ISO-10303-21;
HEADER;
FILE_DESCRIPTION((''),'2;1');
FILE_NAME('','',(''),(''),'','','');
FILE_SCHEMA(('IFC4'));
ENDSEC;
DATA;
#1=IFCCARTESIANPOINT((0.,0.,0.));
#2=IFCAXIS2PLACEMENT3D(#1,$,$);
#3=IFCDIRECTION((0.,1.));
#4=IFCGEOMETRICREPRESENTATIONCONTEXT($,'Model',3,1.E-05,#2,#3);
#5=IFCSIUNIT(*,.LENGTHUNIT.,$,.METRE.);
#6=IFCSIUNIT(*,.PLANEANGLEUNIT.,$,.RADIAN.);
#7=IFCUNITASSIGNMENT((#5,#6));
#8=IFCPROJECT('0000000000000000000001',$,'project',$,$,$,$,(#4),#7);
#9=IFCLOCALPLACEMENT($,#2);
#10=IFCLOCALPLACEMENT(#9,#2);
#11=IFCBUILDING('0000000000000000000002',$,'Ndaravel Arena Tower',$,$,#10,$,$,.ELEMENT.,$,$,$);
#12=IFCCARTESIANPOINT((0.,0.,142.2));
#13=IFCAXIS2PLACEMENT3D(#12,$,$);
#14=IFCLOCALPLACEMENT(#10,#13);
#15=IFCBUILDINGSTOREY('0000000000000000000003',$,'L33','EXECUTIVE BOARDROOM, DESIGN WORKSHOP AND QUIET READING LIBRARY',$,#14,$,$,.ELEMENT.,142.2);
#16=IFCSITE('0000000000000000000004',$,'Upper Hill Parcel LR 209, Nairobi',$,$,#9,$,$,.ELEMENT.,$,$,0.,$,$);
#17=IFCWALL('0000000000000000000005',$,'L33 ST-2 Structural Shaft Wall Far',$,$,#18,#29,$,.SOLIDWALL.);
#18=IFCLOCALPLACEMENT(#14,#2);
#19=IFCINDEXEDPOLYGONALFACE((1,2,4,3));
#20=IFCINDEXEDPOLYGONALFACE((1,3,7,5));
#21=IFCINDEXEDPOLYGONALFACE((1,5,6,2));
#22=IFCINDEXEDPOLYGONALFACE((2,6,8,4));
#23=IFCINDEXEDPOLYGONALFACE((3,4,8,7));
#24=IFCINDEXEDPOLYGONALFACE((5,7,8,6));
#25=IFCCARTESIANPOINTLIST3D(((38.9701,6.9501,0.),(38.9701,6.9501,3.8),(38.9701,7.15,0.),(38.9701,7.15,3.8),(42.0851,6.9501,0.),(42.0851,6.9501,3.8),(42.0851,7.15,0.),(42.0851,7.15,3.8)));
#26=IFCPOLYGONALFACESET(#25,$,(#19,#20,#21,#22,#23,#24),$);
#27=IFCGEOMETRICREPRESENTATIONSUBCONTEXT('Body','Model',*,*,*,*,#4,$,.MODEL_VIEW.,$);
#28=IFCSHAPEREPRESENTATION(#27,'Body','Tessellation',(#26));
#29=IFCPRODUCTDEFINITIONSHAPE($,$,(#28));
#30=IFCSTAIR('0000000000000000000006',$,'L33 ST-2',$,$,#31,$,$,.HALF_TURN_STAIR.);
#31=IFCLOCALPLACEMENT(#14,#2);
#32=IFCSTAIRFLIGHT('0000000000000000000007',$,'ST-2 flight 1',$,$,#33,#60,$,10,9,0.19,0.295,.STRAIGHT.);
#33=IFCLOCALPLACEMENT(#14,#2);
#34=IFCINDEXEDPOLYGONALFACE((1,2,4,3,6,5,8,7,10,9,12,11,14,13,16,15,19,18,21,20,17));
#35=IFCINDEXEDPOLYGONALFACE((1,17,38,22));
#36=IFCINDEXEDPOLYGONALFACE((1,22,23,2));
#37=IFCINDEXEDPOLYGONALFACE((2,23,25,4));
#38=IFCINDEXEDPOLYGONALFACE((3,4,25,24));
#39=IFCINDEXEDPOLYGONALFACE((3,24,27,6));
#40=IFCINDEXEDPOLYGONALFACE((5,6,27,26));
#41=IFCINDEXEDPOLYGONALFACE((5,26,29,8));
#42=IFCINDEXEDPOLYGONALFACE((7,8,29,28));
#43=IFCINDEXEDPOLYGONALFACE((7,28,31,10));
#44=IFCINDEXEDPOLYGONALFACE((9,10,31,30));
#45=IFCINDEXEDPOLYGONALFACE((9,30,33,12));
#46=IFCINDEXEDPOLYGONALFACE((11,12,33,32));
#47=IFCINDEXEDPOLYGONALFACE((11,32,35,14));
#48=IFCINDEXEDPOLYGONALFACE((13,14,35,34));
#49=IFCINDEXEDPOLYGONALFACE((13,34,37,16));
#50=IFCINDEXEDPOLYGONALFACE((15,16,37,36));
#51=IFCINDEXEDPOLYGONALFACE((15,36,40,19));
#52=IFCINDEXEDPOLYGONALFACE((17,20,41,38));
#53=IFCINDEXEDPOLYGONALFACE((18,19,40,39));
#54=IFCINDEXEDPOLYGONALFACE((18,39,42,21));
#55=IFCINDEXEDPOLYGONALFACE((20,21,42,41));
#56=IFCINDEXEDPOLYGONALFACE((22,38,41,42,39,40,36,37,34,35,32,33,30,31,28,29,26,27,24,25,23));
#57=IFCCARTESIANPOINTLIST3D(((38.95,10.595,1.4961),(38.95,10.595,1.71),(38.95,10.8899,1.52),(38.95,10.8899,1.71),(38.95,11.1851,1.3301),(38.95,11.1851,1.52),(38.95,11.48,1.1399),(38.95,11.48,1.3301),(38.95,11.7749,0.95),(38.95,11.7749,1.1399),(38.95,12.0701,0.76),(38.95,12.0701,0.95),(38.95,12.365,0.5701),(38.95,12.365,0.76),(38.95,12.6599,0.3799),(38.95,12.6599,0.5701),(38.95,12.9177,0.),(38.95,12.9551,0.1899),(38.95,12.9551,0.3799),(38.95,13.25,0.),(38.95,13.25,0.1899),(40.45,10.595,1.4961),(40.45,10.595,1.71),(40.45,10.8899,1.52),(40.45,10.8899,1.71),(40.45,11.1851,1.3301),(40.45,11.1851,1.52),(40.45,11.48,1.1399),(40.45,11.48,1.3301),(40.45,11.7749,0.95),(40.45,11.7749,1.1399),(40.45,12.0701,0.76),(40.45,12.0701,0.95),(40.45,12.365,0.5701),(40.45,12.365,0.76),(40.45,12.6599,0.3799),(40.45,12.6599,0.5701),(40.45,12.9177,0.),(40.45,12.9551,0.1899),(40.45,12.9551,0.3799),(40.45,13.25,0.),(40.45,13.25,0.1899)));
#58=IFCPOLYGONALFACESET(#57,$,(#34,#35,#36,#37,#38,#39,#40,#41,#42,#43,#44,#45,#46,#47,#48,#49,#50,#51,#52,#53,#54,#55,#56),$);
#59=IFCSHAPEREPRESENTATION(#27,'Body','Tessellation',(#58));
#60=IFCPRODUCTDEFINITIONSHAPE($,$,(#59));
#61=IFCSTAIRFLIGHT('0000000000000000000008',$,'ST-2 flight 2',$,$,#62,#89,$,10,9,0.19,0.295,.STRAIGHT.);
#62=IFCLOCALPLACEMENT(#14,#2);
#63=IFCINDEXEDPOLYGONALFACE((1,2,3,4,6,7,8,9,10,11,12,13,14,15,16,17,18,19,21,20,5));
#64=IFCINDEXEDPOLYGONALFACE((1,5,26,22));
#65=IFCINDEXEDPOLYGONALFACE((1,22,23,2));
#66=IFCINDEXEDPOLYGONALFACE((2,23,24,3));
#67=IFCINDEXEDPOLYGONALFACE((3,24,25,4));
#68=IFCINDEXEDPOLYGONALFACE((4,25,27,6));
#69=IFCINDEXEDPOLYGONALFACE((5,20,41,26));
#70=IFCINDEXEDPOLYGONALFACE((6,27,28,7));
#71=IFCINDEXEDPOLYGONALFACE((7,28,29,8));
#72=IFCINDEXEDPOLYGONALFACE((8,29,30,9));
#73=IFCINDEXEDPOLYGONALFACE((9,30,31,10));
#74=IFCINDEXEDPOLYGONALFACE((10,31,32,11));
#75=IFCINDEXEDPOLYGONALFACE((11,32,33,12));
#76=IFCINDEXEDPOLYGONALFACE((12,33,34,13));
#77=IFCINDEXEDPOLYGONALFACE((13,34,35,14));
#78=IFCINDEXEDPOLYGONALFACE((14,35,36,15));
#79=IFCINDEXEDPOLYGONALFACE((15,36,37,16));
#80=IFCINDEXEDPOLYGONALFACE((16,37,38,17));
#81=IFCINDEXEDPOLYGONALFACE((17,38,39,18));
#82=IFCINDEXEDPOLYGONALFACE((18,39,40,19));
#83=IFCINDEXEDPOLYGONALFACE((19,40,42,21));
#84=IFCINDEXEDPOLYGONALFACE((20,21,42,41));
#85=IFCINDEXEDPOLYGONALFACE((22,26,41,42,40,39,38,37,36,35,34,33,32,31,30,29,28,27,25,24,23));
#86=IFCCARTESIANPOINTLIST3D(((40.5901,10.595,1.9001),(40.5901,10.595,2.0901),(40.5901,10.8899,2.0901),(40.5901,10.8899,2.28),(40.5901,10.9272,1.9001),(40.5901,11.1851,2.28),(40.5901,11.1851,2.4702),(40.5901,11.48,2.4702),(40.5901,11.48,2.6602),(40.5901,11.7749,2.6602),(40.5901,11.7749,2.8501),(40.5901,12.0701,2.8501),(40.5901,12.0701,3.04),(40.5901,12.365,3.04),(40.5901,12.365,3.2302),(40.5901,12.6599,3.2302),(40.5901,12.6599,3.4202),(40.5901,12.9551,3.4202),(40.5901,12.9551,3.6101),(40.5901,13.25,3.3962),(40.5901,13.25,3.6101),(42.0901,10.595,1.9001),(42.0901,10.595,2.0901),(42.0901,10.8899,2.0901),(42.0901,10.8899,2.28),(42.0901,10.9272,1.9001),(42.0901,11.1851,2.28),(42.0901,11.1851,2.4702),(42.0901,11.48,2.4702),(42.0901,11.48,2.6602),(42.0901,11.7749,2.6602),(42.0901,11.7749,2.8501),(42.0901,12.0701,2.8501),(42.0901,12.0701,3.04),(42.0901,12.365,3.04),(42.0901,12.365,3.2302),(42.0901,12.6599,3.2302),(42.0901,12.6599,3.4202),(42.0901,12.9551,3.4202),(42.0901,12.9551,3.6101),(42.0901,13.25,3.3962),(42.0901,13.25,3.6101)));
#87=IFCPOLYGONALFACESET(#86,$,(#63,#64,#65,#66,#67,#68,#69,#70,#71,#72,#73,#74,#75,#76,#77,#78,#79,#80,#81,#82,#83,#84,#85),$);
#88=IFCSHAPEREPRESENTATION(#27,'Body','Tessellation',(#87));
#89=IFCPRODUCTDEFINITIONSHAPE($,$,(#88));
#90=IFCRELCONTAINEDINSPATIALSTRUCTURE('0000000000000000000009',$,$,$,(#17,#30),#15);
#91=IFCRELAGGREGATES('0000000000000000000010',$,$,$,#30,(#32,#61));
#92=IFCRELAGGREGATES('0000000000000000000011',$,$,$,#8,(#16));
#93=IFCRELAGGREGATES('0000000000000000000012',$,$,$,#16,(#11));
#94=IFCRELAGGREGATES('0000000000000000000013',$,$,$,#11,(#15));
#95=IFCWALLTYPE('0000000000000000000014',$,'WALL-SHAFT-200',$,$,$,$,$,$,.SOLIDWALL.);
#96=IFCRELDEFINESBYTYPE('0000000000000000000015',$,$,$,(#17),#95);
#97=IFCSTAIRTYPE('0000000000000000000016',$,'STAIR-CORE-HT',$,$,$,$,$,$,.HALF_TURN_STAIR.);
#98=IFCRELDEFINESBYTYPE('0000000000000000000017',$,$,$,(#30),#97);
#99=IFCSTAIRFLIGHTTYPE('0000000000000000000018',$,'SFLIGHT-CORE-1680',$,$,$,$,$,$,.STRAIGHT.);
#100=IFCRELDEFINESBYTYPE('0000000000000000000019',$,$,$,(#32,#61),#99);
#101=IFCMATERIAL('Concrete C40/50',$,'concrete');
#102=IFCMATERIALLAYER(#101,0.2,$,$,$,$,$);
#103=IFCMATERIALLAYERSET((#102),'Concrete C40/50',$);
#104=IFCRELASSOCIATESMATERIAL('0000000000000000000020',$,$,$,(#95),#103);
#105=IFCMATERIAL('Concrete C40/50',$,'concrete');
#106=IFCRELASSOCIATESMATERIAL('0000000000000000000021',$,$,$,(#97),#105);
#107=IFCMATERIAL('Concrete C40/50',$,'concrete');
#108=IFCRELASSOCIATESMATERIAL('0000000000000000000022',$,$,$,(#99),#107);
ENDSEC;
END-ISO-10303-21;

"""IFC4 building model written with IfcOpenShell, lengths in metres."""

from ifc_helpers import new_model, si_unit, direction, frame, frame_2d, origin, place, context, subcontext, project, spatial, polyline, rectangle, outline, extrude, material, layer, layer_set, type_object, element, aggregate, save


model = new_model("IFC4")

# Units and contexts
model_context = context("Model", 3, precision=1e-05, world=origin(), true_north=direction((0.0, 1.0)))
body_context = subcontext(model_context, "Body", "Model", "MODEL_VIEW")
ifc_project = project(units=[si_unit("LENGTHUNIT", "METRE"), si_unit("PLANEANGLEUNIT", "RADIAN")], contexts=[model_context])

# Site, building, storey
site_placement = place(None, origin())
site = spatial("IfcSite", under=ifc_project, at=site_placement, Name="Upper Hill Parcel LR 209, Nairobi", CompositionType="ELEMENT", RefElevation=0.0)
building_placement = place(site_placement, origin())
building = spatial("IfcBuilding", under=site, at=building_placement, Name="Ndaravel Arena Tower", CompositionType="ELEMENT")
storey_placement = place(building_placement, frame((0.0, 0.0, 142.2)))
storey = spatial("IfcBuildingStorey", under=building, at=storey_placement, Name="L33", Description="EXECUTIVE BOARDROOM, DESIGN WORKSHOP AND QUIET READING LIBRARY", CompositionType="ELEMENT", Elevation=142.2)

# Wall
ifc_material_1 = material(Name="Concrete C40/50", Category="concrete")
ifc_layer_1 = layer(ifc_material_1, 0.2)
ifc_layer_set_1 = layer_set([ifc_layer_1], Name="Concrete C40/50")
wall_type_1 = type_object("IfcWallType", Name="WALL-SHAFT-200", PredefinedType="SOLIDWALL", material=ifc_layer_set_1)
wall_1_placement = place(storey_placement, frame((38.97, 7.05, 0.0), z_axis=(0.0, 0.0, 1.0), x_axis=(1.0, 0.0, 0.0)))
element("IfcWall", 1, at=wall_1_placement, inside=storey, type_object=wall_type_1, Name="L33 ST-2 Structural Shaft Wall Far", PredefinedType="SOLIDWALL", context=body_context, shape_type="SweptSolid", body=[
    extrude(rectangle(XDim=3.115, YDim=0.2, at=frame_2d((1.5576, 0.0))), origin(), (0.0, 0.0, 1.0), 3.8),
])

# Stair, stair flights
ifc_material_2 = material(Name="Concrete C40/50", Category="concrete")
stair_type = type_object("IfcStairType", Name="STAIR-CORE-HT", PredefinedType="HALF_TURN_STAIR", material=ifc_material_2)
stair_placement = place(storey_placement, origin())
stair = element("IfcStair", 2, at=stair_placement, inside=storey, type_object=stair_type, Name="L33 ST-2", PredefinedType="HALF_TURN_STAIR")
ifc_material_3 = material(Name="Concrete C40/50", Category="concrete")
stair_flight_type = type_object("IfcStairFlightType", Name="SFLIGHT-CORE-1680", PredefinedType="STRAIGHT", material=ifc_material_3)
stair_flight_1_placement = place(storey_placement, frame((39.7, 13.25, 0.0), z_axis=(0.0, 0.0, 1.0), x_axis=(0.0, -1.0, 0.0)))
stair_flight_1 = element("IfcStairFlight", 3, at=stair_flight_1_placement, type_object=stair_flight_type, Name="ST-2 flight 1", NumberOfRisers=10, NumberOfTreads=9, PredefinedType="STRAIGHT", RiserHeight=0.19, TreadLength=0.295, context=body_context, shape_type="SweptSolid", body=[
    extrude(outline(polyline([(0.0, 0.0), (0.0, 0.1899), (0.2949, 0.1899), (0.2949, 0.3799), (0.5901, 0.3799), (0.5901, 0.5701), (0.885, 0.5701), (0.885, 0.76), (1.1799, 0.76), (1.1799, 0.95), (1.4751, 0.95), (1.4751, 1.1399), (1.77, 1.1399), (1.77, 1.3301), (2.0649, 1.3301), (2.0649, 1.52), (2.3601, 1.52), (2.3601, 1.71), (2.655, 1.71), (2.655, 1.8999), (2.655, 1.4961), (0.3323, 0.0), (0.0, 0.0)])), frame((0.0, 0.75, 0.0), z_axis=(0.0, -1.0, 0.0), x_axis=(1.0, 0.0, 0.0)), (0.0, 0.0, 1.0), 1.5),
])
stair_flight_2_placement = place(storey_placement, frame((41.3401, 10.595, 1.9001), z_axis=(0.0, 0.0, 1.0), x_axis=(0.0, 1.0, 0.0)))
stair_flight_2 = element("IfcStairFlight", 4, at=stair_flight_2_placement, type_object=stair_flight_type, Name="ST-2 flight 2", NumberOfRisers=10, NumberOfTreads=9, PredefinedType="STRAIGHT", RiserHeight=0.19, TreadLength=0.295, context=body_context, shape_type="SweptSolid", body=[
    extrude(outline(polyline([(0.0, 0.0), (0.0, 0.1899), (0.2949, 0.1899), (0.2949, 0.3799), (0.5901, 0.3799), (0.5901, 0.5701), (0.885, 0.5701), (0.885, 0.76), (1.1799, 0.76), (1.1799, 0.95), (1.4751, 0.95), (1.4751, 1.1399), (1.77, 1.1399), (1.77, 1.3301), (2.0649, 1.3301), (2.0649, 1.52), (2.3601, 1.52), (2.3601, 1.71), (2.655, 1.71), (2.655, 1.8999), (2.655, 1.4961), (0.3323, 0.0), (0.0, 0.0)])), frame((0.0, 0.75, 0.0), z_axis=(0.0, -1.0, 0.0), x_axis=(1.0, 0.0, 0.0)), (0.0, 0.0, 1.0), 1.5),
])
aggregate(stair, [stair_flight_1, stair_flight_2])

save(model, "model.ifc")
